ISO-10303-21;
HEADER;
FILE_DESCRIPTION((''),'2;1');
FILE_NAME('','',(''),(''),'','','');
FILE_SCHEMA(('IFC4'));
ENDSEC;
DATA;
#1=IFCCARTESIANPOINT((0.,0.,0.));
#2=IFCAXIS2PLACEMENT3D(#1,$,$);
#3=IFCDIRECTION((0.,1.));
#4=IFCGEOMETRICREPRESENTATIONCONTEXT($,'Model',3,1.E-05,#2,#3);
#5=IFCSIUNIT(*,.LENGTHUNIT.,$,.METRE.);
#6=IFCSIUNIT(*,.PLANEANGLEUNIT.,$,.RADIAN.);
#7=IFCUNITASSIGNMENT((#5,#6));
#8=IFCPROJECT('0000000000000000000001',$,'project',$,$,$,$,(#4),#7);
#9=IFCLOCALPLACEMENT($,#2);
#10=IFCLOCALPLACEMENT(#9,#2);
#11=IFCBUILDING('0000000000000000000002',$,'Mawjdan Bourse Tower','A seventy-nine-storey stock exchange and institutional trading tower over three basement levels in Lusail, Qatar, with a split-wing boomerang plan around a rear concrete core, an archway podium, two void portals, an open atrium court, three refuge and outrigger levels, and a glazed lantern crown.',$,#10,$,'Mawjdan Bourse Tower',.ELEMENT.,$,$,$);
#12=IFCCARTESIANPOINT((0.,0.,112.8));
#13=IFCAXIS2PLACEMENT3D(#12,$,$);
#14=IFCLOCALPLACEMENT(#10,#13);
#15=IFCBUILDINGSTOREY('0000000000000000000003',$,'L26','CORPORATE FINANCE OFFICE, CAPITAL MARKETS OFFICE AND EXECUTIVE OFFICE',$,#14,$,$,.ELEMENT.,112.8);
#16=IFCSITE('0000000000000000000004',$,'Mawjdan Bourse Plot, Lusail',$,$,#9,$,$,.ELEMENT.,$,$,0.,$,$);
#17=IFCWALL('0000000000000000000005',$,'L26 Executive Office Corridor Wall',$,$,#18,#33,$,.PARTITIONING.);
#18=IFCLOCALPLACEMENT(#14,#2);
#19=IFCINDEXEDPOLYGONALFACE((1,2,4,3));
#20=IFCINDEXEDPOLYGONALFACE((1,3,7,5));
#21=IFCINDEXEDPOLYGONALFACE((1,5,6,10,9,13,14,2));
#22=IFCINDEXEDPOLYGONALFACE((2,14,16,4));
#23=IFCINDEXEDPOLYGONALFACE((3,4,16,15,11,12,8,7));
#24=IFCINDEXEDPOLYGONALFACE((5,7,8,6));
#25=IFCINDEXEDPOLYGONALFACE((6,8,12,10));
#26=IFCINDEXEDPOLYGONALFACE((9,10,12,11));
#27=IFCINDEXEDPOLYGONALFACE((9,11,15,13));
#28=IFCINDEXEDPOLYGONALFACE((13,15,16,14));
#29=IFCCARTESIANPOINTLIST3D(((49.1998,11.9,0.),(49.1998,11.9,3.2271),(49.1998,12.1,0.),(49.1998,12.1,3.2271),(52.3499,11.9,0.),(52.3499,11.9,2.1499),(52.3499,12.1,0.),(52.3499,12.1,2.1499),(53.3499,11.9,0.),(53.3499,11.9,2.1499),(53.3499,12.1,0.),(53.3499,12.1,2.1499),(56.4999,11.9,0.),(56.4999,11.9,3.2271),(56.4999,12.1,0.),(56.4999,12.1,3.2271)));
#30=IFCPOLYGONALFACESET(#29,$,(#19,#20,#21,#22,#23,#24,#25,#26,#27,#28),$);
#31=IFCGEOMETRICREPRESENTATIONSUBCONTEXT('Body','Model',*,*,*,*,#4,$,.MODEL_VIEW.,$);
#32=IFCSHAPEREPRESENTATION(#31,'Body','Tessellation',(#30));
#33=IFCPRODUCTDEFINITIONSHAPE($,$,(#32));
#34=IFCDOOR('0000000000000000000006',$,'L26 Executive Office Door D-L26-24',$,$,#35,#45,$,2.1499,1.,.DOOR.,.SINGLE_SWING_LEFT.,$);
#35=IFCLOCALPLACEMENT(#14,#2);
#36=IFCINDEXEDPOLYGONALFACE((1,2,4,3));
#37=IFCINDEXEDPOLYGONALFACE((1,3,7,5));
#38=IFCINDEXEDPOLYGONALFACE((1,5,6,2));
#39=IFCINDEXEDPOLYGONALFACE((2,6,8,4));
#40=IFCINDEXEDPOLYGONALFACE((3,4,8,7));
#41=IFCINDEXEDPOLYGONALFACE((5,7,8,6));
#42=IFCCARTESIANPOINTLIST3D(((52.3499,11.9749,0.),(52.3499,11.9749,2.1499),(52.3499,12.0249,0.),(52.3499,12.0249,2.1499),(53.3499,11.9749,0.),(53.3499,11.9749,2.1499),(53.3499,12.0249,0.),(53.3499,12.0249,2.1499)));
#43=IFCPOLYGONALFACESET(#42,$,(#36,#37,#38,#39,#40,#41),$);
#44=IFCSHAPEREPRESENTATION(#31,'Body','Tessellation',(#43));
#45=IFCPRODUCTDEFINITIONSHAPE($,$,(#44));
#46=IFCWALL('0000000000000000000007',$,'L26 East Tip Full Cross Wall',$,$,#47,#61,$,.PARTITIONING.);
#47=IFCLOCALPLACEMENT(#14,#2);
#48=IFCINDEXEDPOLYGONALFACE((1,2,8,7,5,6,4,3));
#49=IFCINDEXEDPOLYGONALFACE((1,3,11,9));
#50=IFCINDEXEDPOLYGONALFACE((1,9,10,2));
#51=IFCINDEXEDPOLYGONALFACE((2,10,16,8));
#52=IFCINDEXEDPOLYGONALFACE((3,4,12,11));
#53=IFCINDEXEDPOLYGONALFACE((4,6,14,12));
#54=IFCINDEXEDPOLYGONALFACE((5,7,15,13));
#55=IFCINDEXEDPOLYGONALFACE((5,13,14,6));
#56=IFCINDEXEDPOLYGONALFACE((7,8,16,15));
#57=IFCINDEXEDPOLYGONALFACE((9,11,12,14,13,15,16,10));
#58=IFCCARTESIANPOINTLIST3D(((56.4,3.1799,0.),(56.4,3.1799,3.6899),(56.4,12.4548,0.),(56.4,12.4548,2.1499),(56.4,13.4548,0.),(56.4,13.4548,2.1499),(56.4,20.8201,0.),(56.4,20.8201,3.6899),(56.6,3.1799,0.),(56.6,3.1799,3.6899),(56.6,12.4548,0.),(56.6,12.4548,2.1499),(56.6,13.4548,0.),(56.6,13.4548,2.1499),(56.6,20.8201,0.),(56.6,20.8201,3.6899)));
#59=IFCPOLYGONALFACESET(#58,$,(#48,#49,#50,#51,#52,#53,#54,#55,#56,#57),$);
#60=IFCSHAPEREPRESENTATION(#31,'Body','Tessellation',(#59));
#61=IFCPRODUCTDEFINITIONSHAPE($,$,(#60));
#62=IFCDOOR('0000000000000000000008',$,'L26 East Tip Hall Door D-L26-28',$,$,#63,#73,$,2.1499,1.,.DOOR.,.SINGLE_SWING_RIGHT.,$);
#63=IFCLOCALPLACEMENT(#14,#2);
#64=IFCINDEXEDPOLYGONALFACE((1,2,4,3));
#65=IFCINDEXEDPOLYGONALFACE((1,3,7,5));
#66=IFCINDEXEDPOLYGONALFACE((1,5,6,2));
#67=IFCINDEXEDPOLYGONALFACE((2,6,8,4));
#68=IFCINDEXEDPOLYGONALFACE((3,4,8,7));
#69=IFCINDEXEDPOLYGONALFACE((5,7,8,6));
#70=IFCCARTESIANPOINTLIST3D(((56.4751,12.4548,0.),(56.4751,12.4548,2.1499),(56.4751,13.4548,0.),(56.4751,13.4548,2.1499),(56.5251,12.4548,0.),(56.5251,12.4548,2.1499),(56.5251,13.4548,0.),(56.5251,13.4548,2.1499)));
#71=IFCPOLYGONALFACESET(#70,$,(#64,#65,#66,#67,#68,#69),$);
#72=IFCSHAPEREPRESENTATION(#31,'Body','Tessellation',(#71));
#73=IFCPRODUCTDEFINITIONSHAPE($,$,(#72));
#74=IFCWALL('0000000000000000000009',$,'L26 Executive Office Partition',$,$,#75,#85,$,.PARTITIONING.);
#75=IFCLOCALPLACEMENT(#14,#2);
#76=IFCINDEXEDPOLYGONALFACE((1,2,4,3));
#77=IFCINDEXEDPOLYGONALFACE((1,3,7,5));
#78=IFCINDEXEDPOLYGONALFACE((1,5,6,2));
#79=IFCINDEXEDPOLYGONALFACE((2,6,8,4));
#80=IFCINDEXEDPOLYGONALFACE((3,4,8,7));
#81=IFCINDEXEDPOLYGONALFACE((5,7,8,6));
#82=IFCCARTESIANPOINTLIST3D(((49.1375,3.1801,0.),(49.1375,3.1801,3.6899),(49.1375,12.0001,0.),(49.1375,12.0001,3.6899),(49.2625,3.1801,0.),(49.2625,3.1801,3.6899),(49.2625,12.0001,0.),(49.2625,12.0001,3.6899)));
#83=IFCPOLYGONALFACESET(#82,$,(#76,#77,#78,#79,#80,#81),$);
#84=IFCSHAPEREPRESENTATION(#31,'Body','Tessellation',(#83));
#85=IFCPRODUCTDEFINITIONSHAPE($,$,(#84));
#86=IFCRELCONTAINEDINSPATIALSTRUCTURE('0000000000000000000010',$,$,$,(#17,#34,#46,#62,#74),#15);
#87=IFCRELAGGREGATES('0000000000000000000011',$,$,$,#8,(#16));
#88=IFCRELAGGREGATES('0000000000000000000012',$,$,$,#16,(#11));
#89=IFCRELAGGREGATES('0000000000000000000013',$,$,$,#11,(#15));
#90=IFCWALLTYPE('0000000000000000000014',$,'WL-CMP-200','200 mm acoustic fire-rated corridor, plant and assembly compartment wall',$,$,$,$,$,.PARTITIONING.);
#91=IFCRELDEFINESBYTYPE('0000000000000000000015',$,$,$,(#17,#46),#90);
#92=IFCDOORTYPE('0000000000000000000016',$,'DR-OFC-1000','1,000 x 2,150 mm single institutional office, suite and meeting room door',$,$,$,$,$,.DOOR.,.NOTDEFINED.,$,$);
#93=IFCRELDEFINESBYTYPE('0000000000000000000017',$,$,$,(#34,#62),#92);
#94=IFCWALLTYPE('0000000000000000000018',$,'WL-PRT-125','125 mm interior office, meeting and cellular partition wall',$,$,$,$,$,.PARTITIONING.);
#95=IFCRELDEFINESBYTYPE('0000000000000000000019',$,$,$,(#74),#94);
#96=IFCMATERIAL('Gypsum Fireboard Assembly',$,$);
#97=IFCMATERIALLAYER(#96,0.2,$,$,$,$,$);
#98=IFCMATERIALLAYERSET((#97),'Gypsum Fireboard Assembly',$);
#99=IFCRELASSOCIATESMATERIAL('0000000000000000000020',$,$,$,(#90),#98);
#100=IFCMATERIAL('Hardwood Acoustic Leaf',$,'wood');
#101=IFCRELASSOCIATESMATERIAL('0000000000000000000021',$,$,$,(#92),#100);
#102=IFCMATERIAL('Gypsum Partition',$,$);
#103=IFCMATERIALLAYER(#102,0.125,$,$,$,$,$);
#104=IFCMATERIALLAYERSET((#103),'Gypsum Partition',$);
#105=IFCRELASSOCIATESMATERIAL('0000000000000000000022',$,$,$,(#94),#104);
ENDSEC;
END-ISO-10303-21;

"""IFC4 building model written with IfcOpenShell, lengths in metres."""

from ifc_helpers import new_model, si_unit, direction, frame, frame_2d, origin, place, context, subcontext, project, spatial, rectangle, extrude, material, layer, layer_set, type_object, element, fill, save


model = new_model("IFC4")

# Units and contexts
model_context = context("Model", 3, precision=1e-05, world=origin(), true_north=direction((0.0, 1.0)))
body_context = subcontext(model_context, "Body", "Model", "MODEL_VIEW")
ifc_project = project(units=[si_unit("LENGTHUNIT", "METRE"), si_unit("PLANEANGLEUNIT", "RADIAN")], contexts=[model_context])

# Site, building, storey
site_placement = place(None, origin())
site = spatial("IfcSite", under=ifc_project, at=site_placement, Name="Mawjdan Bourse Plot, Lusail", CompositionType="ELEMENT", RefElevation=0.0)
building_placement = place(site_placement, origin())
building = spatial("IfcBuilding", under=site, at=building_placement, Name="Mawjdan Bourse Tower", Description="A seventy-nine-storey stock exchange and institutional trading tower over three basement levels in Lusail, Qatar, with a split-wing boomerang plan around a rear concrete core, an archway podium, two void portals, an open atrium court, three refuge and outrigger levels, and a glazed lantern crown.", LongName="Mawjdan Bourse Tower", CompositionType="ELEMENT")
storey_placement = place(building_placement, frame((0.0, 0.0, 112.8)))
storey = spatial("IfcBuildingStorey", under=building, at=storey_placement, Name="L26", Description="CORPORATE FINANCE OFFICE, CAPITAL MARKETS OFFICE AND EXECUTIVE OFFICE", CompositionType="ELEMENT", Elevation=112.8)

# Walls, openings, doors
ifc_material_1 = material(Name="Gypsum Fireboard Assembly")
ifc_layer_1 = layer(ifc_material_1, 0.2)
ifc_layer_set_1 = layer_set([ifc_layer_1], Name="Gypsum Fireboard Assembly")
wall_type_1 = type_object("IfcWallType", Name="WL-CMP-200", Description="200 mm acoustic fire-rated corridor, plant and assembly compartment wall", PredefinedType="PARTITIONING", material=ifc_layer_set_1)
wall_1_placement = place(storey_placement, frame((49.2, 12.0, 0.0), z_axis=(0.0, 0.0, 1.0), x_axis=(1.0, 0.0, 0.0)))
wall_1 = element("IfcWall", 1, at=wall_1_placement, inside=storey, type_object=wall_type_1, Name="L26 Executive Office Corridor Wall", PredefinedType="PARTITIONING", context=body_context, shape_type="SweptSolid", body=[
    extrude(rectangle(XDim=7.3, YDim=0.2, at=frame_2d((3.6499, 0.0))), origin(), (0.0, 0.0, 1.0), 3.2271),
])
opening_1_placement = place(wall_1_placement, frame((3.1499, 0.0, 0.0)))
opening_1 = element("IfcOpeningElement", 2, at=opening_1_placement, cuts=wall_1, PredefinedType="OPENING", context=body_context, shape_type="SweptSolid", body=[
    extrude(rectangle(XDim=1.0, YDim=2.1499, at=frame_2d((0.5, 1.075))), frame((0.0, 0.1099, 0.0), z_axis=(0.0, -1.0, 0.0), x_axis=(1.0, 0.0, 0.0)), (0.0, 0.0, 1.0), 0.22),
])
ifc_material_2 = material(Name="Hardwood Acoustic Leaf", Category="wood")
door_type = type_object("IfcDoorType", Name="DR-OFC-1000", Description="1,000 x 2,150 mm single institutional office, suite and meeting room door", OperationType="NOTDEFINED", PredefinedType="DOOR", material=ifc_material_2)
door_1_placement = place(opening_1_placement, origin())
door_1 = element("IfcDoor", 3, at=door_1_placement, inside=storey, type_object=door_type, Name="L26 Executive Office Door D-L26-24", OperationType="SINGLE_SWING_LEFT", OverallHeight=2.1499, OverallWidth=1.0, PredefinedType="DOOR", context=body_context, shape_type="SweptSolid", body=[
    extrude(rectangle(XDim=1.0, YDim=2.1499, at=frame_2d((0.5, 1.075))), frame((0.0, 0.0249, 0.0), z_axis=(0.0, -1.0, 0.0), x_axis=(1.0, 0.0, 0.0)), (0.0, 0.0, 1.0), 0.05),
])
fill(opening_1, door_1)
wall_2_placement = place(storey_placement, frame((56.5, 3.1799, 0.0), z_axis=(0.0, 0.0, 1.0), x_axis=(0.0, 1.0, 0.0)))
wall_2 = element("IfcWall", 4, at=wall_2_placement, inside=storey, type_object=wall_type_1, Name="L26 East Tip Full Cross Wall", PredefinedType="PARTITIONING", context=body_context, shape_type="SweptSolid", body=[
    extrude(rectangle(XDim=17.6401, YDim=0.2, at=frame_2d((8.8201, 0.0))), origin(), (0.0, 0.0, 1.0), 3.6899),
])
opening_2_placement = place(wall_2_placement, frame((9.2749, 0.0, 0.0)))
opening_2 = element("IfcOpeningElement", 5, at=opening_2_placement, cuts=wall_2, PredefinedType="OPENING", context=body_context, shape_type="SweptSolid", body=[
    extrude(rectangle(XDim=1.0, YDim=2.1499, at=frame_2d((0.5, 1.075))), frame((0.0, 0.1099, 0.0), z_axis=(0.0, -1.0, 0.0), x_axis=(1.0, 0.0, 0.0)), (0.0, 0.0, 1.0), 0.22),
])
door_2_placement = place(opening_2_placement, origin())
door_2 = element("IfcDoor", 6, at=door_2_placement, inside=storey, type_object=door_type, Name="L26 East Tip Hall Door D-L26-28", OperationType="SINGLE_SWING_RIGHT", OverallHeight=2.1499, OverallWidth=1.0, PredefinedType="DOOR", context=body_context, shape_type="SweptSolid", body=[
    extrude(rectangle(XDim=1.0, YDim=2.1499, at=frame_2d((0.5, 1.075))), frame((0.0, 0.0249, 0.0), z_axis=(0.0, -1.0, 0.0), x_axis=(1.0, 0.0, 0.0)), (0.0, 0.0, 1.0), 0.05),
])
fill(opening_2, door_2)

# Wall
ifc_material_3 = material(Name="Gypsum Partition")
ifc_layer_2 = layer(ifc_material_3, 0.125)
ifc_layer_set_2 = layer_set([ifc_layer_2], Name="Gypsum Partition")
wall_type_2 = type_object("IfcWallType", Name="WL-PRT-125", Description="125 mm interior office, meeting and cellular partition wall", PredefinedType="PARTITIONING", material=ifc_layer_set_2)
wall_3_placement = place(storey_placement, frame((49.2, 3.1799, 0.0), z_axis=(0.0, 0.0, 1.0), x_axis=(0.0, 1.0, 0.0)))
element("IfcWall", 7, at=wall_3_placement, inside=storey, type_object=wall_type_2, Name="L26 Executive Office Partition", PredefinedType="PARTITIONING", context=body_context, shape_type="SweptSolid", body=[
    extrude(rectangle(XDim=8.8201, YDim=0.125, at=frame_2d((4.4102, 0.0))), origin(), (0.0, 0.0, 1.0), 3.6899),
])

save(model, "model.ifc")
